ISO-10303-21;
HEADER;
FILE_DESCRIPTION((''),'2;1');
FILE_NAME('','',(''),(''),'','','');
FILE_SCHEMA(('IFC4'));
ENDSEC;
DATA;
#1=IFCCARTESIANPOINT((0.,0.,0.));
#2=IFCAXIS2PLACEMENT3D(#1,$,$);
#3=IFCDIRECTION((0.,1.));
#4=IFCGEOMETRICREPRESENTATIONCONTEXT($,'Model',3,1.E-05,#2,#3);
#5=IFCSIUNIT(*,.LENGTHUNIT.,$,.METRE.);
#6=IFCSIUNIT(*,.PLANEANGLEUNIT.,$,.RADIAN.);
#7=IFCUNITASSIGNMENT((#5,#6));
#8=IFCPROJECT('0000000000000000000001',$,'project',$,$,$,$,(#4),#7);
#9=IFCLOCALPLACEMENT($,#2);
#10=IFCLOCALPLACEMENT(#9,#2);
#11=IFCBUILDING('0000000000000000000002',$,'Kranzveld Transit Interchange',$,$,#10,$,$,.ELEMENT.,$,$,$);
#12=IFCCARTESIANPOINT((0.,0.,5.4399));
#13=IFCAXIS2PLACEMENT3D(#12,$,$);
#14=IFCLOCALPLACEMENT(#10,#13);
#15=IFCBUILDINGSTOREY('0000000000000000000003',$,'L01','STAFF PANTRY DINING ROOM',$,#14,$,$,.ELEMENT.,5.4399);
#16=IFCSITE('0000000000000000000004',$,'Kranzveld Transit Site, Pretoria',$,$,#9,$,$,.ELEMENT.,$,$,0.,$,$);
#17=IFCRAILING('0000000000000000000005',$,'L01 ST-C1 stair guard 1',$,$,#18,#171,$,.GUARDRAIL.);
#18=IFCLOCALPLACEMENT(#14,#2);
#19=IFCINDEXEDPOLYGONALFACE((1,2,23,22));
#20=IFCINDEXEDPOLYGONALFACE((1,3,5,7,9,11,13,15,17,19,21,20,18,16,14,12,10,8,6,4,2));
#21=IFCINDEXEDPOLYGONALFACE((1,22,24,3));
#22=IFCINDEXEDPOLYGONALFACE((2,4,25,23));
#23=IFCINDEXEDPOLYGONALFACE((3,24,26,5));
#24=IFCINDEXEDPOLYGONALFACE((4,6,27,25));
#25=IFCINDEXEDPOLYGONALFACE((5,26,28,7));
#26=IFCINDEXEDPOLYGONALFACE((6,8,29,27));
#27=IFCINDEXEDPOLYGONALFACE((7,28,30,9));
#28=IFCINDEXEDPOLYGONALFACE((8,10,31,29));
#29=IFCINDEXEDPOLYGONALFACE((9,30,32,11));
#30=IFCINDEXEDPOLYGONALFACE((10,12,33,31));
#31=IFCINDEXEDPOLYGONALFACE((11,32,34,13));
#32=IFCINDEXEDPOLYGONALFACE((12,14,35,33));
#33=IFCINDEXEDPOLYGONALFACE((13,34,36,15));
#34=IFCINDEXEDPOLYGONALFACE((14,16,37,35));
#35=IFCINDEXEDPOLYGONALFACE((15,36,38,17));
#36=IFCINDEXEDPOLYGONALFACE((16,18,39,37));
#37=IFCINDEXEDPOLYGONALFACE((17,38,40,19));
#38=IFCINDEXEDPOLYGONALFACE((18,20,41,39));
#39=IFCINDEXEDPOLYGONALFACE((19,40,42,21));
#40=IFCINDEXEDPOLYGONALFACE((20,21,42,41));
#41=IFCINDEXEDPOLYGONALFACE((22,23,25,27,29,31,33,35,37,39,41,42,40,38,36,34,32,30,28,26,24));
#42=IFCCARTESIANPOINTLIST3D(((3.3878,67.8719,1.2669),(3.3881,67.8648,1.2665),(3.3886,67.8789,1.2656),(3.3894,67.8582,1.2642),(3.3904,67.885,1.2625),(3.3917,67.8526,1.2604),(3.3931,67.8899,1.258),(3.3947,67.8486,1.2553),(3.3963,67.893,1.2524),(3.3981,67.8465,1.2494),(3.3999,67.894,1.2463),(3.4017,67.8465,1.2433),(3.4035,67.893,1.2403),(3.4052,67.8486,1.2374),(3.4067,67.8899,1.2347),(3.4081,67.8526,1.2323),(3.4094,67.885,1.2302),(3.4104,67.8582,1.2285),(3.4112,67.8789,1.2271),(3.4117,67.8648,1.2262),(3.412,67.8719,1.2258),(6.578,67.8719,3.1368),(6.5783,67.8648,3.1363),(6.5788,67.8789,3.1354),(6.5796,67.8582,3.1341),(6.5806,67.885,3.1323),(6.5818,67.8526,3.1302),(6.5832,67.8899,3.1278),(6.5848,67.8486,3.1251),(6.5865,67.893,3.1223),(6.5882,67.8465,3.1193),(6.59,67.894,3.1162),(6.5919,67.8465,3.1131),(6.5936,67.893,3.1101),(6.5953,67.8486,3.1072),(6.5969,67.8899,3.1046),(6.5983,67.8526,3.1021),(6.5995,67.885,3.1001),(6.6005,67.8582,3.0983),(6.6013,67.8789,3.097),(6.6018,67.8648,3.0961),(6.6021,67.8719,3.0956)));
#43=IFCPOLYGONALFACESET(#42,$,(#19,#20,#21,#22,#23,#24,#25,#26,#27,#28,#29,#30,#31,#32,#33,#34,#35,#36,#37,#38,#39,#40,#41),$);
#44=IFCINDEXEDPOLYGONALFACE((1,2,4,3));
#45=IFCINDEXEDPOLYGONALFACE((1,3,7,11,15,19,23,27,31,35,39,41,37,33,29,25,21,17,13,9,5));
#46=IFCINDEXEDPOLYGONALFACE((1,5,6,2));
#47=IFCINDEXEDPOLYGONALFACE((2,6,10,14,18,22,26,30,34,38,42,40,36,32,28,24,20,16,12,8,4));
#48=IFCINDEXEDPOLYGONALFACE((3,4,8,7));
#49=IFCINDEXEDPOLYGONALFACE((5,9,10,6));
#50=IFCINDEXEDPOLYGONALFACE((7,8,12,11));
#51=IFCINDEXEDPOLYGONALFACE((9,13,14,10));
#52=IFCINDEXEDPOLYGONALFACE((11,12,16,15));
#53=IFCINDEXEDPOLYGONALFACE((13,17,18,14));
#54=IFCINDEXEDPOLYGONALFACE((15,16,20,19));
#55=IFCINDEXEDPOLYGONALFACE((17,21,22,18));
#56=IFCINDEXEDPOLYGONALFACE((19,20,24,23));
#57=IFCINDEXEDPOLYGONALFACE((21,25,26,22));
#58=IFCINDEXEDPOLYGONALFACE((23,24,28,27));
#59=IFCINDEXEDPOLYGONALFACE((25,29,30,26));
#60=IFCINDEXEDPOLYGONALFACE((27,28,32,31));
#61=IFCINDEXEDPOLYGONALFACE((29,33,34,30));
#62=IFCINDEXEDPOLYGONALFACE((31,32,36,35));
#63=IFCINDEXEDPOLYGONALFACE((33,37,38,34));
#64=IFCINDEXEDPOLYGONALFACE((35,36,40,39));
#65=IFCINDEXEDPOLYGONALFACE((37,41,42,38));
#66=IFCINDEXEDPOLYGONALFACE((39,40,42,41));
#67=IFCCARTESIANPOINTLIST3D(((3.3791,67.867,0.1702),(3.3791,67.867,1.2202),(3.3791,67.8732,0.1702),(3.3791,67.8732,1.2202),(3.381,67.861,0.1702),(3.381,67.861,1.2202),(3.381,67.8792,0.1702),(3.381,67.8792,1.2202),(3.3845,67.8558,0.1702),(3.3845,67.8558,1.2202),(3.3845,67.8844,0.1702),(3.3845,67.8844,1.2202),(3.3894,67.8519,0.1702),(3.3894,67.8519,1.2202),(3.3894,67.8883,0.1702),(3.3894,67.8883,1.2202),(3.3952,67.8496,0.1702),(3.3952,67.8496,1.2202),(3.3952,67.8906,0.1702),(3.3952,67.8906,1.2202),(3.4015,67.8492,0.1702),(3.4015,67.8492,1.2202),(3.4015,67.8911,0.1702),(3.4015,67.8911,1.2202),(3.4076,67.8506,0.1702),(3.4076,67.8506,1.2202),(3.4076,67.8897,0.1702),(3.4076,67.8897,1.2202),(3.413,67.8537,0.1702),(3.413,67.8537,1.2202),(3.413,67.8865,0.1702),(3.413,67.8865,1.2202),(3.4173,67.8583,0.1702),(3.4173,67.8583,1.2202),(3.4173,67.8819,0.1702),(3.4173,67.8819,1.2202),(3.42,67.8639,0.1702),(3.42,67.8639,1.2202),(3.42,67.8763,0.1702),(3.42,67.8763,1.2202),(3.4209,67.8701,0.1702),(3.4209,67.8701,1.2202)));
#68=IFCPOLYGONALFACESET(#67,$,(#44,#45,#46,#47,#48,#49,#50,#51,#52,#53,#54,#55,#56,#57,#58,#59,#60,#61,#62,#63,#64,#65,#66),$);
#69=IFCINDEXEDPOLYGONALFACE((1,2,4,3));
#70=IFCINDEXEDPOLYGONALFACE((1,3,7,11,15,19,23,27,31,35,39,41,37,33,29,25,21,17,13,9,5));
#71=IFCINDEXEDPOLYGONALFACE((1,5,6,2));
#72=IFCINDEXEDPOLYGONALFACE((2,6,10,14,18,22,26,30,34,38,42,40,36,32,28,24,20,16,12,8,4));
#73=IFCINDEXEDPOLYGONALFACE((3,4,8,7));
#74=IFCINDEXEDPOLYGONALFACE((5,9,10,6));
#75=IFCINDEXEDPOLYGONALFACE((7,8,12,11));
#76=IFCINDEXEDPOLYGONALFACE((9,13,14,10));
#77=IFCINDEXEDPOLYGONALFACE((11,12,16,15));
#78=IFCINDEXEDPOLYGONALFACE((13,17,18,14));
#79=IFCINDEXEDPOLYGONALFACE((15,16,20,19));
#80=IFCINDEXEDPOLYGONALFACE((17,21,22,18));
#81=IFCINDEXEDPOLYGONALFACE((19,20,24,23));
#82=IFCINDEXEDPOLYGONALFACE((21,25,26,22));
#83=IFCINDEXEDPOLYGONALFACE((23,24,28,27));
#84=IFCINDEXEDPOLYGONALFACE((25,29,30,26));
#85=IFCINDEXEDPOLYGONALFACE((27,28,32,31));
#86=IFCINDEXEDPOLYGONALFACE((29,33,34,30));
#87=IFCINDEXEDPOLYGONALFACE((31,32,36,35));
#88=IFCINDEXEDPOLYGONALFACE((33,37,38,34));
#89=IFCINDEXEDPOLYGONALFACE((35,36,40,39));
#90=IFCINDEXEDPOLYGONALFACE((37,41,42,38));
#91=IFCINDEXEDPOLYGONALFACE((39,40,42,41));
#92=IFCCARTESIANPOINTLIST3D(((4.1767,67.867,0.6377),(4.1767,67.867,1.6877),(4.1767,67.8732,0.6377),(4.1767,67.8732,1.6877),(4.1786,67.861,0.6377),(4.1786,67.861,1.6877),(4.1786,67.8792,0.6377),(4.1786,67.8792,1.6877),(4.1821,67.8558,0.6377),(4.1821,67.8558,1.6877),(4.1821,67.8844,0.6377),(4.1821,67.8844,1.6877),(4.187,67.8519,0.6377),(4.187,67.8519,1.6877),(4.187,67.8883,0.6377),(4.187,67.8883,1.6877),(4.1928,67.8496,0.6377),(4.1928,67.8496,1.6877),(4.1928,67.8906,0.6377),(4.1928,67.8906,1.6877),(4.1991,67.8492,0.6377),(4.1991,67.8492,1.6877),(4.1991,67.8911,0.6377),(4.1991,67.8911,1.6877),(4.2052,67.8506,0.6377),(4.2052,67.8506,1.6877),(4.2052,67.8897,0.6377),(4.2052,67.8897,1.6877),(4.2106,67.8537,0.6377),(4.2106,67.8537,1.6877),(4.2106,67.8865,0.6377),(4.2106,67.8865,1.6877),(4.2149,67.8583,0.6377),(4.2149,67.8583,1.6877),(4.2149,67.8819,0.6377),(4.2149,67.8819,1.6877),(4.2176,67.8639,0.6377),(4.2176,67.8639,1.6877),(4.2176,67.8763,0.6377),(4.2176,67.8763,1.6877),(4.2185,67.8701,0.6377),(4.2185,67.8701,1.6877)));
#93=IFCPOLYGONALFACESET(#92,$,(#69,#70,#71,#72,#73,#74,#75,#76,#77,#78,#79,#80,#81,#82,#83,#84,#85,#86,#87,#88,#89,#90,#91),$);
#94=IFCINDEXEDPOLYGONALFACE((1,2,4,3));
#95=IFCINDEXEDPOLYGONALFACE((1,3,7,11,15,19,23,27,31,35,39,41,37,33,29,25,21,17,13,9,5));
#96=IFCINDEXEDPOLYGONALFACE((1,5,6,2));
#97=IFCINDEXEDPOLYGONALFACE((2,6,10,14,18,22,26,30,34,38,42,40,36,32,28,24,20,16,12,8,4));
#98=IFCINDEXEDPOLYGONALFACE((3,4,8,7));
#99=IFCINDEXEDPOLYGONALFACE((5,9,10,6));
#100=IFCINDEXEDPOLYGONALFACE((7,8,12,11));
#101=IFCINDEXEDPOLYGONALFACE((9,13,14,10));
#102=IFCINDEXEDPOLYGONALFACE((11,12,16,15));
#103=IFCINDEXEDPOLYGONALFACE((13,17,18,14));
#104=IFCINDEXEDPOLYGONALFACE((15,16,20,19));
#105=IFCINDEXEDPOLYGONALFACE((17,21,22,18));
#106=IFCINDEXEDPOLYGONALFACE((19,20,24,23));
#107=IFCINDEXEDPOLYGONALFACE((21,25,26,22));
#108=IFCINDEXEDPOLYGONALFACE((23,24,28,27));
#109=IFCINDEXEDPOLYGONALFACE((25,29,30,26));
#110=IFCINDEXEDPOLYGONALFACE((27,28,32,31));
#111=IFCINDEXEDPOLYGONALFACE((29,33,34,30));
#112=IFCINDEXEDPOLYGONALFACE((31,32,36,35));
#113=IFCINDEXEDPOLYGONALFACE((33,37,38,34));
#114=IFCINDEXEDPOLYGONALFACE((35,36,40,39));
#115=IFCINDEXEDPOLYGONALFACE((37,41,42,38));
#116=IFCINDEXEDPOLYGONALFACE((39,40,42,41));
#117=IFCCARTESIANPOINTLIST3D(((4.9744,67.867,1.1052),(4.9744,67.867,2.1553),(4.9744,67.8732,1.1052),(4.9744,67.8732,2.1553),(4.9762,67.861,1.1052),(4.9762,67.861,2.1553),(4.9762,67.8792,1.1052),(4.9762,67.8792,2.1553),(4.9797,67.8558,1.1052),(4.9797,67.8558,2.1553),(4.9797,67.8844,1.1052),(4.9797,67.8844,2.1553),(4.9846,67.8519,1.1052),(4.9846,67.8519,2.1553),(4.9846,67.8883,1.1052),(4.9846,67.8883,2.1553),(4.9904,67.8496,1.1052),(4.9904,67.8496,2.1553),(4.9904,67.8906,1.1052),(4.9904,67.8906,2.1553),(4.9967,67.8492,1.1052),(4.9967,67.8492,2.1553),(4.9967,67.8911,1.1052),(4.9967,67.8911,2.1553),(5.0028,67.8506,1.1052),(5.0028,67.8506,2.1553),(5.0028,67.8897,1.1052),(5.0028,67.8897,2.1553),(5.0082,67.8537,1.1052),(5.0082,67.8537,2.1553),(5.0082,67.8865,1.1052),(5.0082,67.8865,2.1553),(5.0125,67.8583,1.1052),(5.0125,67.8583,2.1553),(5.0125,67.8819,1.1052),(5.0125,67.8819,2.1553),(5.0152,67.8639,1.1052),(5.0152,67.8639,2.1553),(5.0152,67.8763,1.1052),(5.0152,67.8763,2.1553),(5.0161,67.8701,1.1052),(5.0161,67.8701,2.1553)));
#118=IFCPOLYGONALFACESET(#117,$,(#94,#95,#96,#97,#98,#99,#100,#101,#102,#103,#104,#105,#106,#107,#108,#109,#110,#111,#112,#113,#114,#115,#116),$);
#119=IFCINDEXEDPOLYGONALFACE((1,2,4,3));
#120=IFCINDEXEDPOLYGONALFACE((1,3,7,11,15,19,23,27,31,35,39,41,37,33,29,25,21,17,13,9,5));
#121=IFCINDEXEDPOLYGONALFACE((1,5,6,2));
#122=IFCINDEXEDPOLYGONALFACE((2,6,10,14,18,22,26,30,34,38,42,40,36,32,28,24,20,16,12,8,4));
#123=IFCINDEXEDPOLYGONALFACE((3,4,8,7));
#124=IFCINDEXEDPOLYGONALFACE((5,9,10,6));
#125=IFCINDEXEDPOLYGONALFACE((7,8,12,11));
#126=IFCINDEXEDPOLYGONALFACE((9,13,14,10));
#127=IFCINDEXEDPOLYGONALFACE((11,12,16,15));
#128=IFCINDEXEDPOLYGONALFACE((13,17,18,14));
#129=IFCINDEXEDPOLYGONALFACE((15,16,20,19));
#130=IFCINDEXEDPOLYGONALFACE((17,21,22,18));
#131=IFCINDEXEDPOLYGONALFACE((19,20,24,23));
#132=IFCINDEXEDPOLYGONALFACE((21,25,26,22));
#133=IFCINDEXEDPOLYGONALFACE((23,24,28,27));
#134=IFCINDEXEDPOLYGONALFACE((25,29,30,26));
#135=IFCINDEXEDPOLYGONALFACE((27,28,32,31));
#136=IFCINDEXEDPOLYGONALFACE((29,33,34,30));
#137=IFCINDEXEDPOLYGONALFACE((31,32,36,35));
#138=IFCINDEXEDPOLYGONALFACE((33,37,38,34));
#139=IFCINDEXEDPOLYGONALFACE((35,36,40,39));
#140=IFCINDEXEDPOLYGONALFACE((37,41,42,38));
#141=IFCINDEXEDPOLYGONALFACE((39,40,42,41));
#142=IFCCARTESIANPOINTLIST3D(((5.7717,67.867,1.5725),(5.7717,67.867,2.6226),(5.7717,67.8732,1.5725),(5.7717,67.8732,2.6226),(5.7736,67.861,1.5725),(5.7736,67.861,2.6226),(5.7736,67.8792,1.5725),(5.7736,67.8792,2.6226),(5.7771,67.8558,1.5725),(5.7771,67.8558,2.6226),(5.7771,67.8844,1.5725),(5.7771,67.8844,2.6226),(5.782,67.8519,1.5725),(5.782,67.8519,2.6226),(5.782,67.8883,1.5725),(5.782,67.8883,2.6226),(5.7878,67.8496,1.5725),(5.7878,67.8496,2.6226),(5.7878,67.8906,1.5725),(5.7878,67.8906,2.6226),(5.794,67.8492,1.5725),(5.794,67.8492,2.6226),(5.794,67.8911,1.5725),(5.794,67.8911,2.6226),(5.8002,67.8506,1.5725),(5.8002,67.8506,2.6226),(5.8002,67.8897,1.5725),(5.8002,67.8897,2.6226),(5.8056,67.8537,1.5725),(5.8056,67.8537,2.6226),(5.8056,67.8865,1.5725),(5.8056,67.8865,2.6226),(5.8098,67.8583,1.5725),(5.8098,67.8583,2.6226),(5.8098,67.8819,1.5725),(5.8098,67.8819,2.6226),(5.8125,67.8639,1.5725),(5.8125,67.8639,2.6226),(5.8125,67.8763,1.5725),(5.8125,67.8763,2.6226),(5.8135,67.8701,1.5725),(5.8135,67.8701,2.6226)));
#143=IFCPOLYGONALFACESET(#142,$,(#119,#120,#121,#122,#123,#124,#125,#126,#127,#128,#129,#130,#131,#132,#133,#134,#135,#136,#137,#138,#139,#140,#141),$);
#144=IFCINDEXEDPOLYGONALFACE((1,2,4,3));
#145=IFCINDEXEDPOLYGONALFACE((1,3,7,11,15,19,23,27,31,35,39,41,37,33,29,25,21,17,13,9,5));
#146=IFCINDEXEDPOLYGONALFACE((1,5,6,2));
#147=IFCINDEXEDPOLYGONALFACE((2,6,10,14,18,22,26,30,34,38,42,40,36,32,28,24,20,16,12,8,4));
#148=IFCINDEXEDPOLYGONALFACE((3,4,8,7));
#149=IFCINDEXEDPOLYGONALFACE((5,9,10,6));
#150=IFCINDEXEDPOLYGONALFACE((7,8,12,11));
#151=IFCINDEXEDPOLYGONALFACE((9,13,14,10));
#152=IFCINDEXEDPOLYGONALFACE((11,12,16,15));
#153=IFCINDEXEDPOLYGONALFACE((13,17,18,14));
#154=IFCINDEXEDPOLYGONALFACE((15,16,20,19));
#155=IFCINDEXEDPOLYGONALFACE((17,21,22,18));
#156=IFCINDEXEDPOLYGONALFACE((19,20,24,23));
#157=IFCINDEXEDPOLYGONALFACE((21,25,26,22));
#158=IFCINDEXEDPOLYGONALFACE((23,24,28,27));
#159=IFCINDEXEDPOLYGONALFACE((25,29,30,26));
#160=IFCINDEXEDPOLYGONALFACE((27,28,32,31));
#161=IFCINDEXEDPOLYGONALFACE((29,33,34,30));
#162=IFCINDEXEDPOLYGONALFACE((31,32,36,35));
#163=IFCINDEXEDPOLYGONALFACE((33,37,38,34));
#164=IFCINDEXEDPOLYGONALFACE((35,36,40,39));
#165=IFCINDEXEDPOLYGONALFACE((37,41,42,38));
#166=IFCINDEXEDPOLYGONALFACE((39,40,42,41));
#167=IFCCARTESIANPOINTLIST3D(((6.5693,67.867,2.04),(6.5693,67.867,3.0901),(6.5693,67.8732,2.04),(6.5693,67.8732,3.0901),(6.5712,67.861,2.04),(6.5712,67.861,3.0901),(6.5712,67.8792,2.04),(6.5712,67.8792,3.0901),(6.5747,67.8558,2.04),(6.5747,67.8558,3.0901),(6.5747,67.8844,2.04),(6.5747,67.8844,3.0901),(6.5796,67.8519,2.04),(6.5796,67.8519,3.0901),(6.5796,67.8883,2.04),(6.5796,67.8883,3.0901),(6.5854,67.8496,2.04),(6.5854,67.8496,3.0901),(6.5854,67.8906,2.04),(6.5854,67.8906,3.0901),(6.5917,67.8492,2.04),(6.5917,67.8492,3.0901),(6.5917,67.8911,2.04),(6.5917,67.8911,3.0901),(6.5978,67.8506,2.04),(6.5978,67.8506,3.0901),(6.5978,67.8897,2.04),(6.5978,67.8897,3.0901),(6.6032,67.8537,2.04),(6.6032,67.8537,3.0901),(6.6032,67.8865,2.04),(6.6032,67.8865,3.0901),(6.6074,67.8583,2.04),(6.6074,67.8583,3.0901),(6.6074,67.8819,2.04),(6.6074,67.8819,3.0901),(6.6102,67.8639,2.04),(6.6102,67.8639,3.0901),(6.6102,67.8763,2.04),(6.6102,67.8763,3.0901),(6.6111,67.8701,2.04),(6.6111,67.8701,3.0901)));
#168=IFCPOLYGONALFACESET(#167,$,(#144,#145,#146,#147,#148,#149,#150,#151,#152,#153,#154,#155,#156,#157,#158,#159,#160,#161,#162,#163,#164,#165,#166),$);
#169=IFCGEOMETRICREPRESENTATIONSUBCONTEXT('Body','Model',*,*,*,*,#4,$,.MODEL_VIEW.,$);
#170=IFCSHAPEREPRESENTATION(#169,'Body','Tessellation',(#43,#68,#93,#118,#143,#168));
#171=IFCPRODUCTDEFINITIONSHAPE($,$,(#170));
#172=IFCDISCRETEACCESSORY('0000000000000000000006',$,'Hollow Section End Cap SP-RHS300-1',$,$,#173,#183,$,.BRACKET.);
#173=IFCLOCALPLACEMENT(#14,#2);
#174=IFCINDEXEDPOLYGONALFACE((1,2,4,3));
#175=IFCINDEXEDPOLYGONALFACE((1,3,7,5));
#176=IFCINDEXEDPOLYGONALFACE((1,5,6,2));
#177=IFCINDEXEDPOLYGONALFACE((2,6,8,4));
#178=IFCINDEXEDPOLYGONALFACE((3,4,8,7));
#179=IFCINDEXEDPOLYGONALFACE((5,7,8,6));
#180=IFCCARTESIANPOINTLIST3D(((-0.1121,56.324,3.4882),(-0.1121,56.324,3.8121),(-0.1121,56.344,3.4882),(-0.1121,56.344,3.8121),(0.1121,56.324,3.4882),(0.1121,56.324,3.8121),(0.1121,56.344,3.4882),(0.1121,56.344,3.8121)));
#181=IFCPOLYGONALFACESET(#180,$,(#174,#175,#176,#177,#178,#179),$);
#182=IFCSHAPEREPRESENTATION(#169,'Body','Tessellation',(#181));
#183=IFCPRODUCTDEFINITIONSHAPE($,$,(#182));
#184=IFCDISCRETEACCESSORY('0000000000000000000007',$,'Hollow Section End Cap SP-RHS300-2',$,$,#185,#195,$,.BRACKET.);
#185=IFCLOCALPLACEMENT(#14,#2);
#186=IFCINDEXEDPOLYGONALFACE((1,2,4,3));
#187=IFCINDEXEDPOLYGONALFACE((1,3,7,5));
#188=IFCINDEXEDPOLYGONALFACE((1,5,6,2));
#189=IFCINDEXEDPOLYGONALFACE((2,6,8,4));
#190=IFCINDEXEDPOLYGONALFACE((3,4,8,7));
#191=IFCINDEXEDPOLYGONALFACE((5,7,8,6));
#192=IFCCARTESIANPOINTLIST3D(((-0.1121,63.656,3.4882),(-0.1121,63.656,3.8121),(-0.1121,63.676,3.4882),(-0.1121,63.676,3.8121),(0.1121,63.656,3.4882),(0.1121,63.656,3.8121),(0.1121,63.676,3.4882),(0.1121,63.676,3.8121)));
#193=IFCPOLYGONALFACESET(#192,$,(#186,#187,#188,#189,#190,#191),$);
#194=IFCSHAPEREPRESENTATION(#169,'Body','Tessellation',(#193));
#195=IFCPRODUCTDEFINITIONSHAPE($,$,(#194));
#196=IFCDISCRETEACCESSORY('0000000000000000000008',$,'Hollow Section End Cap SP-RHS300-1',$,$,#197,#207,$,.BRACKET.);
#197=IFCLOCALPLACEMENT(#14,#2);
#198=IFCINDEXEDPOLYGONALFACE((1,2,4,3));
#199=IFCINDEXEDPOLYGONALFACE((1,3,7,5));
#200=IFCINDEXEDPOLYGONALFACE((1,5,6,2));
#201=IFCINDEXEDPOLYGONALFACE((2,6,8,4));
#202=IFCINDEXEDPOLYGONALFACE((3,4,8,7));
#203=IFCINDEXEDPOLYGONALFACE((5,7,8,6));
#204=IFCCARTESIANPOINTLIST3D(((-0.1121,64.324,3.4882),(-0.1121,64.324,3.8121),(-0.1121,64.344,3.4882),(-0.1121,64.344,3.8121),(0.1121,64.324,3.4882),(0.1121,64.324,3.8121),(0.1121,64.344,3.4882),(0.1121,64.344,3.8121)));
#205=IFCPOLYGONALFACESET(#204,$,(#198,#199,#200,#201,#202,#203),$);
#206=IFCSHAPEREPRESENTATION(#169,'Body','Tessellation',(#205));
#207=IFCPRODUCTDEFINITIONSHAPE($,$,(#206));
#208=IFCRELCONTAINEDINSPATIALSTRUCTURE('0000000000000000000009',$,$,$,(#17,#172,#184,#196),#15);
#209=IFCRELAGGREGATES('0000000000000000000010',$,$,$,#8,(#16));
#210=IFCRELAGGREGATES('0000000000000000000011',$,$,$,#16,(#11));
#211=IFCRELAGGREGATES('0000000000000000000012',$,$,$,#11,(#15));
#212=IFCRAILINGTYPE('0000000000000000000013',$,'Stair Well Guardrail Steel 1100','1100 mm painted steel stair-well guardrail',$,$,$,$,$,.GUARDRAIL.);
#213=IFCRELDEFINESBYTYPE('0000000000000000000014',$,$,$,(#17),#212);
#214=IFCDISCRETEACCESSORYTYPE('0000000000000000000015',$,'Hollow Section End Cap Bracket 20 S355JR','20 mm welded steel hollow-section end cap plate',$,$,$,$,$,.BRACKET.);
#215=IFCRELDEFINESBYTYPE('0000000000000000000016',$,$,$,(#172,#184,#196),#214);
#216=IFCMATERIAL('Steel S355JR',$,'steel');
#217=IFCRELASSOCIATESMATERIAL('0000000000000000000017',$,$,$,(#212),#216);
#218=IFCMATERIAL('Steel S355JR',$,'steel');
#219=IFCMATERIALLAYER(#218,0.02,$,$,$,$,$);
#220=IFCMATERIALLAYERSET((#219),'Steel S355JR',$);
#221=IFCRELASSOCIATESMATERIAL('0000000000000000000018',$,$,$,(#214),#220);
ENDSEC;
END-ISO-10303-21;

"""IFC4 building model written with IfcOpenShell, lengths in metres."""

from ifc_helpers import new_model, si_unit, direction, frame, origin, origin_2d, place, context, subcontext, project, spatial, rectangle, circle, extrude, material, layer, layer_set, type_object, element, save


model = new_model("IFC4")

# Units and contexts
model_context = context("Model", 3, precision=1e-05, world=origin(), true_north=direction((0.0, 1.0)))
body_context = subcontext(model_context, "Body", "Model", "MODEL_VIEW")
ifc_project = project(units=[si_unit("LENGTHUNIT", "METRE"), si_unit("PLANEANGLEUNIT", "RADIAN")], contexts=[model_context])

# Site, building, storey
site_placement = place(None, origin())
site = spatial("IfcSite", under=ifc_project, at=site_placement, Name="Kranzveld Transit Site, Pretoria", CompositionType="ELEMENT", RefElevation=0.0)
building_placement = place(site_placement, origin())
building = spatial("IfcBuilding", under=site, at=building_placement, Name="Kranzveld Transit Interchange", CompositionType="ELEMENT")
storey_placement = place(building_placement, frame((0.0, 0.0, 5.4399)))
storey = spatial("IfcBuildingStorey", under=building, at=storey_placement, Name="L01", Description="STAFF PANTRY DINING ROOM", CompositionType="ELEMENT", Elevation=5.4399)

# Railing
ifc_material_1 = material(Name="Steel S355JR", Category="steel")
railing_type_1 = type_object("IfcRailingType", Name="Stair Well Guardrail Steel 1100", Description="1100 mm painted steel stair-well guardrail", PredefinedType="GUARDRAIL", material=ifc_material_1)
railing_1_placement = place(storey_placement, frame((3.3999, 67.8701, 0.1702)))
element("IfcRailing", 1, at=railing_1_placement, inside=storey, type_object=railing_type_1, Name="L01 ST-C1 stair guard 1", PredefinedType="GUARDRAIL", context=body_context, shape_type="SweptSolid", body=[
    extrude(circle(Radius=0.0239, at=origin_2d()), frame((0.0, 0.0, 1.0762), z_axis=(0.862726, 0.0, 0.505672), x_axis=(0.0, 1.0, 0.0)), (0.0, 0.0, 1.0), 3.6978),
    extrude(circle(Radius=0.021, at=origin_2d()), origin(), (0.0, 0.0, 1.0), 1.05),
    extrude(circle(Radius=0.021, at=origin_2d()), frame((0.7976, 0.0, 0.4675)), (0.0, 0.0, 1.0), 1.05),
    extrude(circle(Radius=0.021, at=origin_2d()), frame((1.5952, 0.0, 0.9351)), (0.0, 0.0, 1.0), 1.05),
    extrude(circle(Radius=0.021, at=origin_2d()), frame((2.3926, 0.0, 1.4023)), (0.0, 0.0, 1.0), 1.05),
    extrude(circle(Radius=0.021, at=origin_2d()), frame((3.1902, 0.0, 1.8699)), (0.0, 0.0, 1.0), 1.05),
])

# Discrete accessories
ifc_material_2 = material(Name="Steel S355JR", Category="steel")
ifc_layer_1 = layer(ifc_material_2, 0.02)
ifc_layer_set_1 = layer_set([ifc_layer_1], Name="Steel S355JR")
discrete_accessory_type = type_object("IfcDiscreteAccessoryType", Name="Hollow Section End Cap Bracket 20 S355JR", Description="20 mm welded steel hollow-section end cap plate", PredefinedType="BRACKET", material=ifc_layer_set_1)
for number, where, z_axis, x_axis, name in (
    (2, (0.0, 56.344, 3.6501), (0.0, -1.0, 0.0), (1.0, 0.0, 0.0), "Hollow Section End Cap SP-RHS300-1"),
    (3, (0.0, 63.656, 3.6501), (0.0, 1.0, 0.0), (-1.0, 0.0, 0.0), "Hollow Section End Cap SP-RHS300-2"),
    (4, (0.0, 64.344, 3.6501), (0.0, -1.0, 0.0), (1.0, 0.0, 0.0), "Hollow Section End Cap SP-RHS300-1"),
):
    element("IfcDiscreteAccessory", number, at=place(storey_placement, frame(where, z_axis=z_axis, x_axis=x_axis)), inside=storey, type_object=discrete_accessory_type, Name=name, PredefinedType="BRACKET", context=body_context, shape_type="SweptSolid", body=[
        extrude(rectangle(XDim=0.2241, YDim=0.324, at=origin_2d()), origin(), (0.0, 0.0, 1.0), 0.02),
    ])

save(model, "model.ifc")
